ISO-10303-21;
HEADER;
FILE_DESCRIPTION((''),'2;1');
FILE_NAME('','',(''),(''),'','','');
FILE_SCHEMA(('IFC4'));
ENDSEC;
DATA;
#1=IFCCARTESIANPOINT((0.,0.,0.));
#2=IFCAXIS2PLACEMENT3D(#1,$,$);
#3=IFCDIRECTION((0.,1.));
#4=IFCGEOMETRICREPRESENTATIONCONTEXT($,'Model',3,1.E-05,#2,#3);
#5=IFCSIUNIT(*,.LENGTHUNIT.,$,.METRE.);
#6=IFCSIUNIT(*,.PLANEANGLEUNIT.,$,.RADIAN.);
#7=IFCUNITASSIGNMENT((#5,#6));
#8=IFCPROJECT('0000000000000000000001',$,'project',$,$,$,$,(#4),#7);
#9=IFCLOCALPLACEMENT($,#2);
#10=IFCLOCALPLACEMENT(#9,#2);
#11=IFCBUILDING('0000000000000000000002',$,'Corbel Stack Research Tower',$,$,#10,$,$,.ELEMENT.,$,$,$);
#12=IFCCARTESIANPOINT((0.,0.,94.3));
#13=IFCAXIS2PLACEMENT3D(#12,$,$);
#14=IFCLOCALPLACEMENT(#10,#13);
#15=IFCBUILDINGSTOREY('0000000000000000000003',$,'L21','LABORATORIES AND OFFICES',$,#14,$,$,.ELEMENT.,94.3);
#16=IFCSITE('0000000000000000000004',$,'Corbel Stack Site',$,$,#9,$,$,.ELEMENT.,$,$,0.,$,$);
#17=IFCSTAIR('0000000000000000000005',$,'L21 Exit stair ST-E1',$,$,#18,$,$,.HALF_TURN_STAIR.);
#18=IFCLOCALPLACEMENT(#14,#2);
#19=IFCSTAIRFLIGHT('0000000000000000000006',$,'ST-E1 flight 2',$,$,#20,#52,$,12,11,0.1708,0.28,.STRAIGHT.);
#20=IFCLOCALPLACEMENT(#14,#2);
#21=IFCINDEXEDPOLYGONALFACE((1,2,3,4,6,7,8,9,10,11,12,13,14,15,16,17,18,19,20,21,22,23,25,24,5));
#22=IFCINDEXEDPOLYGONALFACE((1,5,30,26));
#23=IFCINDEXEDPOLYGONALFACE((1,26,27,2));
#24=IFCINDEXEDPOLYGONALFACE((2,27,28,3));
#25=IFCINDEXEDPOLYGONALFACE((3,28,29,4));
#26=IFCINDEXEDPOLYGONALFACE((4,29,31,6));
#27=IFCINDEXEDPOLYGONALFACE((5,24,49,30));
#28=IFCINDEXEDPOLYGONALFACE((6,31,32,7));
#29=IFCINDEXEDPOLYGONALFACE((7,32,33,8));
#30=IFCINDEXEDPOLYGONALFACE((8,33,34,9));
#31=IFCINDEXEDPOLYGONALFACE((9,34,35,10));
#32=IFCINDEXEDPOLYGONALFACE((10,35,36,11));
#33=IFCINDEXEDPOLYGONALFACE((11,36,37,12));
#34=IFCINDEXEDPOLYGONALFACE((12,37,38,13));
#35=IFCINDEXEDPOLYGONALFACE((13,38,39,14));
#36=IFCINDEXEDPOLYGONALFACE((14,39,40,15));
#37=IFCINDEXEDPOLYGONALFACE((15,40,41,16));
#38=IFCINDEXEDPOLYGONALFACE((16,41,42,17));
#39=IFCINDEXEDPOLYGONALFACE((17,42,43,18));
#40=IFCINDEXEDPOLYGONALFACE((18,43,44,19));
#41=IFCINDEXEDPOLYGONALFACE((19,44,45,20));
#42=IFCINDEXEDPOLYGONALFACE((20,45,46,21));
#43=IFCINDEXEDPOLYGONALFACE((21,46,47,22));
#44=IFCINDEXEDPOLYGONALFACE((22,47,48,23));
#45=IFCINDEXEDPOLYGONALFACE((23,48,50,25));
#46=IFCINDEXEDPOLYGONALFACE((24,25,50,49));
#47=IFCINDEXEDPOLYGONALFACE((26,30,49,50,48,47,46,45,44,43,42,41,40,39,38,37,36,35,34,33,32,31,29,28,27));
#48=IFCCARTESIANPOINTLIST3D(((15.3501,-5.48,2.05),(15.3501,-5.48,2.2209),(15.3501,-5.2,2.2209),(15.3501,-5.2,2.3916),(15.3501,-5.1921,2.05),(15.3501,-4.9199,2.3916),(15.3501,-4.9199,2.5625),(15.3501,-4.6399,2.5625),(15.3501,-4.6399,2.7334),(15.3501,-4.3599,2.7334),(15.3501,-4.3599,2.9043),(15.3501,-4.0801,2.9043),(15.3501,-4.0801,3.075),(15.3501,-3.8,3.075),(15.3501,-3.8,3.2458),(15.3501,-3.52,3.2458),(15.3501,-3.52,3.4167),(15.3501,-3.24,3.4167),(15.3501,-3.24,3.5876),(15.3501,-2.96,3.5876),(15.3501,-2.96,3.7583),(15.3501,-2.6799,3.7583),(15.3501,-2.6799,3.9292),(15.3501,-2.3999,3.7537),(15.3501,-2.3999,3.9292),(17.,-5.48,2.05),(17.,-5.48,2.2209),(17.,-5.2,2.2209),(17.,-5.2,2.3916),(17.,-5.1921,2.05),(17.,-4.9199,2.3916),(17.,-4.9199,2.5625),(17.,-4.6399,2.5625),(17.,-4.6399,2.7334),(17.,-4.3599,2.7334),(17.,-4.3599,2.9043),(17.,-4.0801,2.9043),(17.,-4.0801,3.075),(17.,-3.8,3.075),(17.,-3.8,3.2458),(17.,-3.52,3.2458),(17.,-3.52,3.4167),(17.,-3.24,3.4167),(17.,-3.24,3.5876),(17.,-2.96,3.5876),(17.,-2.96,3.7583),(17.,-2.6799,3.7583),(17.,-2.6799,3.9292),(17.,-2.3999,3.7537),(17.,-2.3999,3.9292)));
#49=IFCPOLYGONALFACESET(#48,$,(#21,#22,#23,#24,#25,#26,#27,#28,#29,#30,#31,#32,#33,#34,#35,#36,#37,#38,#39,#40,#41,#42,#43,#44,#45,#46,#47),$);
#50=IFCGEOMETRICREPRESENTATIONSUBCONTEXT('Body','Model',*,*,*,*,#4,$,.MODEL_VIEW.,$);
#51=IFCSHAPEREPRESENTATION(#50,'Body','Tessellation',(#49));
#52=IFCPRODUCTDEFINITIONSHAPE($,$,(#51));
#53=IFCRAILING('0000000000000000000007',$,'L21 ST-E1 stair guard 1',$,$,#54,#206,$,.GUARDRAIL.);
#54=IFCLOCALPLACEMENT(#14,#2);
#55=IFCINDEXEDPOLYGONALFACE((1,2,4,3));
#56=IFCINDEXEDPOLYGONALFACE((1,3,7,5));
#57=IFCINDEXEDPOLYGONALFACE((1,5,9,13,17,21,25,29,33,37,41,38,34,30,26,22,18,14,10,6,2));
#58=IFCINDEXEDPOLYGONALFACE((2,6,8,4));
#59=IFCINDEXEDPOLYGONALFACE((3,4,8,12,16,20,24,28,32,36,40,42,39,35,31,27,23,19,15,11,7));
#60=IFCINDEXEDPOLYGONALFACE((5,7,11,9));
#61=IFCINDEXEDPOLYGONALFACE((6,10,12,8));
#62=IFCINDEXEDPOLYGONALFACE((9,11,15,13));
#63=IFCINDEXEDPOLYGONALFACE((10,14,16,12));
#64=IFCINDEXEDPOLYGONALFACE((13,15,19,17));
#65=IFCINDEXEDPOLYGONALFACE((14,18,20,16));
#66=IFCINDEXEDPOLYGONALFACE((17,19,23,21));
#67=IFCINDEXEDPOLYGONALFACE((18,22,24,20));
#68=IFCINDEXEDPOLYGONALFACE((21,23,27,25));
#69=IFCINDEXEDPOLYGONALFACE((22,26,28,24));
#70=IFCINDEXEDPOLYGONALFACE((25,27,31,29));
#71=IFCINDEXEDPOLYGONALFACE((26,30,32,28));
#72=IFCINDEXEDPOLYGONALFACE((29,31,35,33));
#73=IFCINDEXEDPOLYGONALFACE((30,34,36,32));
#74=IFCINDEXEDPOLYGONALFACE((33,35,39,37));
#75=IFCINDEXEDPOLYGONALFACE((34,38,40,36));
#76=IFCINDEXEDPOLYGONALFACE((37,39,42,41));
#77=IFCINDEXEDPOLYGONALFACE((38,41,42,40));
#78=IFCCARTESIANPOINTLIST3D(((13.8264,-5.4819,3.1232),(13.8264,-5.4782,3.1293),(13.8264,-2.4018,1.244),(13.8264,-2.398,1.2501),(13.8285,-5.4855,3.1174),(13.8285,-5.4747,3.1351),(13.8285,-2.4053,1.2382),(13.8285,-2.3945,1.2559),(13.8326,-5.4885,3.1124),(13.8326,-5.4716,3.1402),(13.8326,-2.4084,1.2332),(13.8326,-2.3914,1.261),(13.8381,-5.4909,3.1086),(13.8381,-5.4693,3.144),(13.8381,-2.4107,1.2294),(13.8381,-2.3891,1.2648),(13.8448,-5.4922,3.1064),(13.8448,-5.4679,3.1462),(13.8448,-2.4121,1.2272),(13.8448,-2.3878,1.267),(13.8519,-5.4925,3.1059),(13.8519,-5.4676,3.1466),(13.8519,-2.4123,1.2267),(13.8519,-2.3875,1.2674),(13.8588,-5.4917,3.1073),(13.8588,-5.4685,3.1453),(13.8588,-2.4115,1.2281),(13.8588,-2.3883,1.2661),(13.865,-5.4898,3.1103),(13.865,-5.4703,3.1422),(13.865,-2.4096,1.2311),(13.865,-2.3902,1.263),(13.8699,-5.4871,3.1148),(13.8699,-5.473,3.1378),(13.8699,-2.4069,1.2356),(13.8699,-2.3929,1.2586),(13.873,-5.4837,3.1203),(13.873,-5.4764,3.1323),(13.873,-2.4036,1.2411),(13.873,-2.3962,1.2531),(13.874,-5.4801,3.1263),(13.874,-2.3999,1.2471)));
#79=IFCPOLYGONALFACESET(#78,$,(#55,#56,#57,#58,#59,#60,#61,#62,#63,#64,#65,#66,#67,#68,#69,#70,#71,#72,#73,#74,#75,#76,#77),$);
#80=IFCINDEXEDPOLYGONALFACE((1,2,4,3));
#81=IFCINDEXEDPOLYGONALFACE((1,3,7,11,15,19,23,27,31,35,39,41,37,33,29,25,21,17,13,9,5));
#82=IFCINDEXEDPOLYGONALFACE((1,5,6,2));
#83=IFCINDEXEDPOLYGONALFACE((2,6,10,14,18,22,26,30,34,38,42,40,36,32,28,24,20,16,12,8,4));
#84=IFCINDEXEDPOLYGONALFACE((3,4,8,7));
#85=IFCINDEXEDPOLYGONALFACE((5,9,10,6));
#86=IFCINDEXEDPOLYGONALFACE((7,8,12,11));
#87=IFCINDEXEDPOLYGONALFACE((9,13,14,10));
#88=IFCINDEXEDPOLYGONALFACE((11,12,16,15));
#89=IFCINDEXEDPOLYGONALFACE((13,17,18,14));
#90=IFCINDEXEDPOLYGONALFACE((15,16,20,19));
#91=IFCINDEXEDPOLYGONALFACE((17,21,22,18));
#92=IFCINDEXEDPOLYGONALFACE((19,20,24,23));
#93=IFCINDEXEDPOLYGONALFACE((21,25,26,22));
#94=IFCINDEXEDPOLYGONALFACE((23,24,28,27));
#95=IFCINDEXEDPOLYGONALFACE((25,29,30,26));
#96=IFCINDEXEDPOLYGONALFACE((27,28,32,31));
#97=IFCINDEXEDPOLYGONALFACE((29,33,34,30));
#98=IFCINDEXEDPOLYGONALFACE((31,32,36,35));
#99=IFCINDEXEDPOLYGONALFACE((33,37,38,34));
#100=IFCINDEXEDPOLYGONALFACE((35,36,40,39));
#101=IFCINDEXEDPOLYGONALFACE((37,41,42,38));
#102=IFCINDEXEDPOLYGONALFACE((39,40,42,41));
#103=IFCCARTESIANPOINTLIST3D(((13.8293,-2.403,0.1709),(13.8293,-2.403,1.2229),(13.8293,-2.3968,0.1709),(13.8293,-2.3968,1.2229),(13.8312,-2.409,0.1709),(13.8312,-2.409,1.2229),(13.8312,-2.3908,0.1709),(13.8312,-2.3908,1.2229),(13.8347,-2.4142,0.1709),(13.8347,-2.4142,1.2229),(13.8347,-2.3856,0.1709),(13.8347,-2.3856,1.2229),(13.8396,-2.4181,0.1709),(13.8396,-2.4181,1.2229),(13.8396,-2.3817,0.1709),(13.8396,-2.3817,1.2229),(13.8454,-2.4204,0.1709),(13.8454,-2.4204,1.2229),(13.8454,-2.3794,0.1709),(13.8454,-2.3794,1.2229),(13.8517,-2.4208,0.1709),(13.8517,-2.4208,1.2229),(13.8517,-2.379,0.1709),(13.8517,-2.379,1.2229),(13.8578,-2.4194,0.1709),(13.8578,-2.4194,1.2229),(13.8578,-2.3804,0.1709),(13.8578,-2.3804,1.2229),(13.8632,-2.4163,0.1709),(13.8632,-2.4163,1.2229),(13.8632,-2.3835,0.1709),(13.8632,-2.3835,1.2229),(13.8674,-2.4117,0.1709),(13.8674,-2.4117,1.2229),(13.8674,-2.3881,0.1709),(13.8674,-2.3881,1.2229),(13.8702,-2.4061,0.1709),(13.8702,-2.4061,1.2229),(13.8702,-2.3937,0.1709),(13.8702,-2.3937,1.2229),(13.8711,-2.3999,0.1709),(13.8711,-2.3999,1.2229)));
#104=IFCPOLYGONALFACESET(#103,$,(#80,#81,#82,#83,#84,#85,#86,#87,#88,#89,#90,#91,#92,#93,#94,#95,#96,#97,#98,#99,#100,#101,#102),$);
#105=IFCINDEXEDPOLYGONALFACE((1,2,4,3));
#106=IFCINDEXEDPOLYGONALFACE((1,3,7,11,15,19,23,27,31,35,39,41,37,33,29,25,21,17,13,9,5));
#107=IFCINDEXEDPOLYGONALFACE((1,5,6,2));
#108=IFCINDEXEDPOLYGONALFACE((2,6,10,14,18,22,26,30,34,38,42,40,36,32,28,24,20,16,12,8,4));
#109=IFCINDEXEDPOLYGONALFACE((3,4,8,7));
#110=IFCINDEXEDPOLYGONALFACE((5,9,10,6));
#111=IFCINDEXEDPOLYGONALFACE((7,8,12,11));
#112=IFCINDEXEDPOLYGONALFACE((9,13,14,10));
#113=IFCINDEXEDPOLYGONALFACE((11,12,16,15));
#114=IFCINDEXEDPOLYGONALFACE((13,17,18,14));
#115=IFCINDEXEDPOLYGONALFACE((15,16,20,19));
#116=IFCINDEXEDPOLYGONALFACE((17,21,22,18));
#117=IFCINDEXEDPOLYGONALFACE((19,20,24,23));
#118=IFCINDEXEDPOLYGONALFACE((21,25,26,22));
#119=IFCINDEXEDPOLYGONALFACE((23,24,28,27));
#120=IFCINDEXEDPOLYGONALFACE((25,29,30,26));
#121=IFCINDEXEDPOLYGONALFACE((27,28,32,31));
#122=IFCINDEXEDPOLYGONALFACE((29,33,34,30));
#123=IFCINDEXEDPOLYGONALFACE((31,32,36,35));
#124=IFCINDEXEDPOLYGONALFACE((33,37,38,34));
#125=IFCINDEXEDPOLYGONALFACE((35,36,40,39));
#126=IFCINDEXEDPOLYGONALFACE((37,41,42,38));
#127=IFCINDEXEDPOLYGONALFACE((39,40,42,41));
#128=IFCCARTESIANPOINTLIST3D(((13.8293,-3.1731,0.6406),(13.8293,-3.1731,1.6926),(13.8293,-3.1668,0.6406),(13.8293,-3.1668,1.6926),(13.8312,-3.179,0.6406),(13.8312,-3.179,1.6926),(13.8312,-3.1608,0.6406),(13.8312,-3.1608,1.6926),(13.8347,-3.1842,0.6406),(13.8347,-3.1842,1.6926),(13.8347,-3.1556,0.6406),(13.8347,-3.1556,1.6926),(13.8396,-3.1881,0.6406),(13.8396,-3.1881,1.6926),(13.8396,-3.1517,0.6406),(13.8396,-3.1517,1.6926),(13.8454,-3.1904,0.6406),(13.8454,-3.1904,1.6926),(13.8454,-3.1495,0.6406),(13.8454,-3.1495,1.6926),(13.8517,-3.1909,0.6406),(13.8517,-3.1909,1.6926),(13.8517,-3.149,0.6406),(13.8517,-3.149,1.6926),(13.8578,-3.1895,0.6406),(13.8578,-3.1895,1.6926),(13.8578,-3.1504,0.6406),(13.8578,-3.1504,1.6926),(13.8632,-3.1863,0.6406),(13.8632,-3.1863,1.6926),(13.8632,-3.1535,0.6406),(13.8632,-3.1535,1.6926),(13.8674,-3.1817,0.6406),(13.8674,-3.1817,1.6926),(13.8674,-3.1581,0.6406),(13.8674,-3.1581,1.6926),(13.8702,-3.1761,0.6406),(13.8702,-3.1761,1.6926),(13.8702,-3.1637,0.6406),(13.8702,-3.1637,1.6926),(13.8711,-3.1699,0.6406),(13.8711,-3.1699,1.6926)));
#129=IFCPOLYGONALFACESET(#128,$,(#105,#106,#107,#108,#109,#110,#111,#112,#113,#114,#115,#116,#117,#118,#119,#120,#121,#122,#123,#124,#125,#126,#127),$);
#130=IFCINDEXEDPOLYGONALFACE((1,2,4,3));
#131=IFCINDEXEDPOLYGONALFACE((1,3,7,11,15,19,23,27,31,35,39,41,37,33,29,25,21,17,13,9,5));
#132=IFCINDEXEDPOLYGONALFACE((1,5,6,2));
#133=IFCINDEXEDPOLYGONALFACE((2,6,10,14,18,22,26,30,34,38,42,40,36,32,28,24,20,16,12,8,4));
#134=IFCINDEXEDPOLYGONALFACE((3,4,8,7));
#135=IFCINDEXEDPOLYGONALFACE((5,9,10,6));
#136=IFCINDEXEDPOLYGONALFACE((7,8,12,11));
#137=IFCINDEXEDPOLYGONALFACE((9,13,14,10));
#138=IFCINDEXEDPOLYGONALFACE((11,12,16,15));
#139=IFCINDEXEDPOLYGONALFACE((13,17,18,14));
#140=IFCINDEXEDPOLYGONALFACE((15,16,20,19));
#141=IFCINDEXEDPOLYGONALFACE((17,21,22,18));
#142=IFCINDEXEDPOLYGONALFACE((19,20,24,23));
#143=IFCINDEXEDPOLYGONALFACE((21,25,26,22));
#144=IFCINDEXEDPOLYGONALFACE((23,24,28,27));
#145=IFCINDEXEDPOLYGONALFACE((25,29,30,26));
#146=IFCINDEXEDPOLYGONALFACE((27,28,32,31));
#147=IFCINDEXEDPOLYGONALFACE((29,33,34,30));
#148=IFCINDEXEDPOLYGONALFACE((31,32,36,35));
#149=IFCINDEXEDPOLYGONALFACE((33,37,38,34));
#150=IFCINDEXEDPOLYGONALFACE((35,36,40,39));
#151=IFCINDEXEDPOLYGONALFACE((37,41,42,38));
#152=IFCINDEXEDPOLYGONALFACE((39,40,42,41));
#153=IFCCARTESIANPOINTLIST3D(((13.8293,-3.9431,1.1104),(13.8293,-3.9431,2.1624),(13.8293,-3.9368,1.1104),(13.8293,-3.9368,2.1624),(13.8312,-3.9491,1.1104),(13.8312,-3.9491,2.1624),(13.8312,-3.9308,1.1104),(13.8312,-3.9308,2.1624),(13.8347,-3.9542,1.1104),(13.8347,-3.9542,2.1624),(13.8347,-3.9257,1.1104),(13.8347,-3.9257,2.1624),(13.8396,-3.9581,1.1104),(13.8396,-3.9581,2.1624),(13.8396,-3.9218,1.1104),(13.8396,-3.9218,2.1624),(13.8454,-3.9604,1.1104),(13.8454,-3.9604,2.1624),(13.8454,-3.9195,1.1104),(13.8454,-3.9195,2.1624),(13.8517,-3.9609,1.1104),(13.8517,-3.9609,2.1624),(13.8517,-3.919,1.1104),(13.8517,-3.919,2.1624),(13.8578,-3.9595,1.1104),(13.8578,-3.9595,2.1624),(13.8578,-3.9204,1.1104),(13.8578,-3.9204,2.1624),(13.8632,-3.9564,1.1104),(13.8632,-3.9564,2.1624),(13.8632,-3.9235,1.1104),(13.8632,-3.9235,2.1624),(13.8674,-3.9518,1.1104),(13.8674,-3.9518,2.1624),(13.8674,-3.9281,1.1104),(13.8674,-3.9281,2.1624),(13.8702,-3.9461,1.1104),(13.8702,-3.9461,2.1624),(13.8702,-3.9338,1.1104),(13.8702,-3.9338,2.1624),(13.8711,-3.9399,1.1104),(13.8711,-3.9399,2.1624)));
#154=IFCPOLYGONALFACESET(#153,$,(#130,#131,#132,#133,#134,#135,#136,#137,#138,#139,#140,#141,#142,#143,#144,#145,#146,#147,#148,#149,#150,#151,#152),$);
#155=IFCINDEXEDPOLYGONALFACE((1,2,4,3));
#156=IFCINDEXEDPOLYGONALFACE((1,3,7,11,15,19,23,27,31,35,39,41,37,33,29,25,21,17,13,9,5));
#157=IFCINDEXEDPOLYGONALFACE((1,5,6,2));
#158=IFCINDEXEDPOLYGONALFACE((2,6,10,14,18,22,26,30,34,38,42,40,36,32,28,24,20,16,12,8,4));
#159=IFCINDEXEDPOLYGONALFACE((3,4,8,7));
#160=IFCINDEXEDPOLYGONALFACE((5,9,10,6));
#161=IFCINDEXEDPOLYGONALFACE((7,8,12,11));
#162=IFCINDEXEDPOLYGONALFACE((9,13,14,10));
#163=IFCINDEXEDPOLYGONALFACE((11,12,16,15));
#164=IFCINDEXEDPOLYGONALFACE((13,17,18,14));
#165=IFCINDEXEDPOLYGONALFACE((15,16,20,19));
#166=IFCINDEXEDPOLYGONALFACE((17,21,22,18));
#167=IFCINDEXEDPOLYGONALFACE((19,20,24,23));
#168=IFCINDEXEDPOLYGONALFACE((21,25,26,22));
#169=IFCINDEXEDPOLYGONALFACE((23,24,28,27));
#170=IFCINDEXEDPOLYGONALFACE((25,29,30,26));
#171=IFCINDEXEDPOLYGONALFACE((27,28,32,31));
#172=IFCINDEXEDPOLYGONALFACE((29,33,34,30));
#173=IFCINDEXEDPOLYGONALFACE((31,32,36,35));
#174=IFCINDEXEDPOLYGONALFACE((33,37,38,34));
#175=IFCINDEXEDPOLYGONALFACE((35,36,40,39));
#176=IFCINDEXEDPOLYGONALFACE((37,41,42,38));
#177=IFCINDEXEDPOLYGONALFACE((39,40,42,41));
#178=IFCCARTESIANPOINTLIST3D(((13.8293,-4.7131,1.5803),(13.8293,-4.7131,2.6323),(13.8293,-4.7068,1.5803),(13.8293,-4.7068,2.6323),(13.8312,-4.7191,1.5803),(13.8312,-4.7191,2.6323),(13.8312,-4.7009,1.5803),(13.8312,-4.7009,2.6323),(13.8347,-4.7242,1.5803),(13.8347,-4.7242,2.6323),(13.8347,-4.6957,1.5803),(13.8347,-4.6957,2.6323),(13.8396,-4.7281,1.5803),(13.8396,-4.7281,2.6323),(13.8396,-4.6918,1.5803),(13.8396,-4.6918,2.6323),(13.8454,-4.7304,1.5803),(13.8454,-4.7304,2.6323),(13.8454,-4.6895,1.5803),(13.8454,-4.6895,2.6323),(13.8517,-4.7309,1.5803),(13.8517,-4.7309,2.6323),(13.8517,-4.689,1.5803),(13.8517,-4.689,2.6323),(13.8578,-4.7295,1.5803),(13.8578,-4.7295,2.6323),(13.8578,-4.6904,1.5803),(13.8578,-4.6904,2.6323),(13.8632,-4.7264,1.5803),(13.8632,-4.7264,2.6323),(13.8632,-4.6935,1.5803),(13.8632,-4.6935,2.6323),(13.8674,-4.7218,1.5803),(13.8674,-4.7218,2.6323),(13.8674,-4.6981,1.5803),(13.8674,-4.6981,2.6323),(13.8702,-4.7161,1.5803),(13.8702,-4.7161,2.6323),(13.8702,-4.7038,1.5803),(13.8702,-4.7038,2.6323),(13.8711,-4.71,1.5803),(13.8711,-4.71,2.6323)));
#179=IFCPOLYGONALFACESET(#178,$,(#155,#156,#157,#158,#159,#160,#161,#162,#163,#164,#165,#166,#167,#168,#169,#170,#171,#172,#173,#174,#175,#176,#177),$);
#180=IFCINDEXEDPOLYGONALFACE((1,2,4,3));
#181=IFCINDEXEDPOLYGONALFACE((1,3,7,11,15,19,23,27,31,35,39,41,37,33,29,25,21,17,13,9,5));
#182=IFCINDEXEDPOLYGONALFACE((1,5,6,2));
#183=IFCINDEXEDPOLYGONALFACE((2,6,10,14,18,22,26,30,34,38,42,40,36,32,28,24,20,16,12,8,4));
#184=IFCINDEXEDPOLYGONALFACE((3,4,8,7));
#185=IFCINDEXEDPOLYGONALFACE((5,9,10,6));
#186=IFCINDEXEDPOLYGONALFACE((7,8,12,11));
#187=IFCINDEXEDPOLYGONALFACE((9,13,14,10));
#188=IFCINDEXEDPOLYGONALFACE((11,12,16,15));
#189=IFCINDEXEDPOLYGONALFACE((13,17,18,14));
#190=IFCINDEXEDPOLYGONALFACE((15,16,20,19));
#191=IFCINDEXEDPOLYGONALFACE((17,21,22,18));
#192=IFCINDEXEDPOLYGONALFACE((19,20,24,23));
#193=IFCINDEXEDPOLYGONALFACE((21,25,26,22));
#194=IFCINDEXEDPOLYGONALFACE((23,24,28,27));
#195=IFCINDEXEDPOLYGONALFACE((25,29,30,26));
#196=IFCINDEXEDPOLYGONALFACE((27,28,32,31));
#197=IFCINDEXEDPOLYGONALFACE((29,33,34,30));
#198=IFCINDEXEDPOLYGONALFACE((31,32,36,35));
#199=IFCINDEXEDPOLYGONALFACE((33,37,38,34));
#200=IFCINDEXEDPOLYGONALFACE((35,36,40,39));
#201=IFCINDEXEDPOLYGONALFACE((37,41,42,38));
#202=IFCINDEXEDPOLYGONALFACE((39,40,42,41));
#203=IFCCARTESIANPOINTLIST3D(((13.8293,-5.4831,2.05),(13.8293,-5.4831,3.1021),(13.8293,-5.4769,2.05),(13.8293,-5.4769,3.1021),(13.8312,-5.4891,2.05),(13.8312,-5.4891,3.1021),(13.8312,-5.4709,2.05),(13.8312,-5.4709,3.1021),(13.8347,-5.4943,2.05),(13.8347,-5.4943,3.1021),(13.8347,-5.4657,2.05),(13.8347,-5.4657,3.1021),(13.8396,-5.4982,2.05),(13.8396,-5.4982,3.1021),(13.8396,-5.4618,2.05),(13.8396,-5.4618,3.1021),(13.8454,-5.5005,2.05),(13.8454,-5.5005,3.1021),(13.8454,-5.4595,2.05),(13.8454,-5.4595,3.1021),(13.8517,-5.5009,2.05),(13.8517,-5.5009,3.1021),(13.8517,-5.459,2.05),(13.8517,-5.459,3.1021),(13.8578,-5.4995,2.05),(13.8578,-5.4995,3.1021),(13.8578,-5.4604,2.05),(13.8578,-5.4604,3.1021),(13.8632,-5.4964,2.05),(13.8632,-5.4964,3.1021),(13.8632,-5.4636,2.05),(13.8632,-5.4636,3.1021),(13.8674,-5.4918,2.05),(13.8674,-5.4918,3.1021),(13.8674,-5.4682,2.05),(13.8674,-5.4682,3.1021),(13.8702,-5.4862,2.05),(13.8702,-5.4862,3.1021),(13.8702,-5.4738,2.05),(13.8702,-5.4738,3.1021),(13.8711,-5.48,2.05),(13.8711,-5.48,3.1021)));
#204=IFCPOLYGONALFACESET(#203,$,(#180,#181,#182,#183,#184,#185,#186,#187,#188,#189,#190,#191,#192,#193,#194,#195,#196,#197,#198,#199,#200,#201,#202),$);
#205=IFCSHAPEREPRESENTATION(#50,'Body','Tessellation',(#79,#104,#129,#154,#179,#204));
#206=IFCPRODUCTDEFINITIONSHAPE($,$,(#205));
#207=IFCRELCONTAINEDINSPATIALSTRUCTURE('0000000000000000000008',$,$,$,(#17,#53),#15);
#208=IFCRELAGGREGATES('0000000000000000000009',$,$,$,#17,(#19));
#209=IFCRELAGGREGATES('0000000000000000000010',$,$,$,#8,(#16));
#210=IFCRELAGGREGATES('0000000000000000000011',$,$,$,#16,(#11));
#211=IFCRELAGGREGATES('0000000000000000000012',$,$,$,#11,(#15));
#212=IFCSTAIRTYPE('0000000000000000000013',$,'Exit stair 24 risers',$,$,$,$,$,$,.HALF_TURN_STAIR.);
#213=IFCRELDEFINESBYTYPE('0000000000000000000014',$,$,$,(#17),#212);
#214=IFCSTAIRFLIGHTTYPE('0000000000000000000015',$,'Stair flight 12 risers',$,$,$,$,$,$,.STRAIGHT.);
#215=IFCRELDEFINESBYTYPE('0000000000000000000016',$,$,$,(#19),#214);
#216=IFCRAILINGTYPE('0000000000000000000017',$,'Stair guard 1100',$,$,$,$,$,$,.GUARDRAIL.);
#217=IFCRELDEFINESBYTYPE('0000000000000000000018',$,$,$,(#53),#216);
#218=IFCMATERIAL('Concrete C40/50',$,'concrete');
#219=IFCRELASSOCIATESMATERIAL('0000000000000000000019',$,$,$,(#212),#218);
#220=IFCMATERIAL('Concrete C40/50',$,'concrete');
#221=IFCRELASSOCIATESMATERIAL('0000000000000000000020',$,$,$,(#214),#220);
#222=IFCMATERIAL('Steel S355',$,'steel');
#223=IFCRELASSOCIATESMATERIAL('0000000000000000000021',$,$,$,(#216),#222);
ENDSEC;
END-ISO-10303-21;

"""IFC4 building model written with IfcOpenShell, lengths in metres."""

from ifc_helpers import new_model, si_unit, direction, frame, origin, origin_2d, place, context, subcontext, project, spatial, polyline, circle, outline, extrude, material, type_object, element, aggregate, save


model = new_model("IFC4")

# Units and contexts
model_context = context("Model", 3, precision=1e-05, world=origin(), true_north=direction((0.0, 1.0)))
body_context = subcontext(model_context, "Body", "Model", "MODEL_VIEW")
ifc_project = project(units=[si_unit("LENGTHUNIT", "METRE"), si_unit("PLANEANGLEUNIT", "RADIAN")], contexts=[model_context])

# Site, building, storey
site_placement = place(None, origin())
site = spatial("IfcSite", under=ifc_project, at=site_placement, Name="Corbel Stack Site", CompositionType="ELEMENT", RefElevation=0.0)
building_placement = place(site_placement, origin())
building = spatial("IfcBuilding", under=site, at=building_placement, Name="Corbel Stack Research Tower", CompositionType="ELEMENT")
storey_placement = place(building_placement, frame((0.0, 0.0, 94.3)))
storey = spatial("IfcBuildingStorey", under=building, at=storey_placement, Name="L21", Description="LABORATORIES AND OFFICES", CompositionType="ELEMENT", Elevation=94.3)

# Stair, stair flight
ifc_material_1 = material(Name="Concrete C40/50", Category="concrete")
stair_type = type_object("IfcStairType", Name="Exit stair 24 risers", PredefinedType="HALF_TURN_STAIR", material=ifc_material_1)
stair_placement = place(storey_placement, origin())
stair = element("IfcStair", 1, at=stair_placement, inside=storey, type_object=stair_type, Name="L21 Exit stair ST-E1", PredefinedType="HALF_TURN_STAIR")
ifc_material_2 = material(Name="Concrete C40/50", Category="concrete")
stair_flight_type = type_object("IfcStairFlightType", Name="Stair flight 12 risers", PredefinedType="STRAIGHT", material=ifc_material_2)
stair_flight_1_placement = place(storey_placement, frame((16.175, -5.48, 2.05), z_axis=(0.0, 0.0, 1.0), x_axis=(0.0, 1.0, 0.0)))
stair_flight_1 = element("IfcStairFlight", 2, at=stair_flight_1_placement, type_object=stair_flight_type, Name="ST-E1 flight 2", NumberOfRisers=12, NumberOfTreads=11, PredefinedType="STRAIGHT", RiserHeight=0.1708, TreadLength=0.28, context=body_context, shape_type="SweptSolid", body=[
    extrude(outline(polyline([(0.0, 0.0), (0.0, 0.1709), (0.28, 0.1709), (0.28, 0.3416), (0.5601, 0.3416), (0.5601, 0.5125), (0.8401, 0.5125), (0.8401, 0.6833), (1.1201, 0.6833), (1.1201, 0.8542), (1.3999, 0.8542), (1.3999, 1.0249), (1.6799, 1.0249), (1.6799, 1.1958), (1.96, 1.1958), (1.96, 1.3667), (2.24, 1.3667), (2.24, 1.5376), (2.52, 1.5376), (2.52, 1.7083), (2.8, 1.7083), (2.8, 1.8792), (3.0801, 1.8792), (3.0801, 2.05), (3.0801, 1.7036), (0.2878, 0.0), (0.0, 0.0)])), frame((0.0, 0.825, 0.0), z_axis=(0.0, -1.0, 0.0), x_axis=(1.0, 0.0, 0.0)), (0.0, 0.0, 1.0), 1.6499),
])
aggregate(stair, [stair_flight_1])

# Railing
ifc_material_3 = material(Name="Steel S355", Category="steel")
railing_type_1 = type_object("IfcRailingType", Name="Stair guard 1100", PredefinedType="GUARDRAIL", material=ifc_material_3)
railing_1_placement = place(storey_placement, frame((13.8501, -2.3999, 0.1709)))
element("IfcRailing", 3, at=railing_1_placement, inside=storey, type_object=railing_type_1, Name="L21 ST-E1 stair guard 1", PredefinedType="GUARDRAIL", context=body_context, shape_type="SweptSolid", body=[
    extrude(circle(Radius=0.0239, at=origin_2d()), frame((0.0, 0.0, 1.0762), z_axis=(0.0, -0.853666, 0.52082), x_axis=(1.0, 0.0, 0.0)), (0.0, 0.0, 1.0), 3.6082),
    extrude(circle(Radius=0.021, at=origin_2d()), origin(), (0.0, 0.0, 1.0), 1.052),
    extrude(circle(Radius=0.021, at=origin_2d()), frame((0.0, -0.77, 0.4697)), (0.0, 0.0, 1.0), 1.052),
    extrude(circle(Radius=0.021, at=origin_2d()), frame((0.0, -1.54, 0.9395)), (0.0, 0.0, 1.0), 1.052),
    extrude(circle(Radius=0.021, at=origin_2d()), frame((0.0, -2.3101, 1.4094)), (0.0, 0.0, 1.0), 1.052),
    extrude(circle(Radius=0.021, at=origin_2d()), frame((0.0, -3.0801, 1.8792)), (0.0, 0.0, 1.0), 1.052),
])

save(model, "model.ifc")
